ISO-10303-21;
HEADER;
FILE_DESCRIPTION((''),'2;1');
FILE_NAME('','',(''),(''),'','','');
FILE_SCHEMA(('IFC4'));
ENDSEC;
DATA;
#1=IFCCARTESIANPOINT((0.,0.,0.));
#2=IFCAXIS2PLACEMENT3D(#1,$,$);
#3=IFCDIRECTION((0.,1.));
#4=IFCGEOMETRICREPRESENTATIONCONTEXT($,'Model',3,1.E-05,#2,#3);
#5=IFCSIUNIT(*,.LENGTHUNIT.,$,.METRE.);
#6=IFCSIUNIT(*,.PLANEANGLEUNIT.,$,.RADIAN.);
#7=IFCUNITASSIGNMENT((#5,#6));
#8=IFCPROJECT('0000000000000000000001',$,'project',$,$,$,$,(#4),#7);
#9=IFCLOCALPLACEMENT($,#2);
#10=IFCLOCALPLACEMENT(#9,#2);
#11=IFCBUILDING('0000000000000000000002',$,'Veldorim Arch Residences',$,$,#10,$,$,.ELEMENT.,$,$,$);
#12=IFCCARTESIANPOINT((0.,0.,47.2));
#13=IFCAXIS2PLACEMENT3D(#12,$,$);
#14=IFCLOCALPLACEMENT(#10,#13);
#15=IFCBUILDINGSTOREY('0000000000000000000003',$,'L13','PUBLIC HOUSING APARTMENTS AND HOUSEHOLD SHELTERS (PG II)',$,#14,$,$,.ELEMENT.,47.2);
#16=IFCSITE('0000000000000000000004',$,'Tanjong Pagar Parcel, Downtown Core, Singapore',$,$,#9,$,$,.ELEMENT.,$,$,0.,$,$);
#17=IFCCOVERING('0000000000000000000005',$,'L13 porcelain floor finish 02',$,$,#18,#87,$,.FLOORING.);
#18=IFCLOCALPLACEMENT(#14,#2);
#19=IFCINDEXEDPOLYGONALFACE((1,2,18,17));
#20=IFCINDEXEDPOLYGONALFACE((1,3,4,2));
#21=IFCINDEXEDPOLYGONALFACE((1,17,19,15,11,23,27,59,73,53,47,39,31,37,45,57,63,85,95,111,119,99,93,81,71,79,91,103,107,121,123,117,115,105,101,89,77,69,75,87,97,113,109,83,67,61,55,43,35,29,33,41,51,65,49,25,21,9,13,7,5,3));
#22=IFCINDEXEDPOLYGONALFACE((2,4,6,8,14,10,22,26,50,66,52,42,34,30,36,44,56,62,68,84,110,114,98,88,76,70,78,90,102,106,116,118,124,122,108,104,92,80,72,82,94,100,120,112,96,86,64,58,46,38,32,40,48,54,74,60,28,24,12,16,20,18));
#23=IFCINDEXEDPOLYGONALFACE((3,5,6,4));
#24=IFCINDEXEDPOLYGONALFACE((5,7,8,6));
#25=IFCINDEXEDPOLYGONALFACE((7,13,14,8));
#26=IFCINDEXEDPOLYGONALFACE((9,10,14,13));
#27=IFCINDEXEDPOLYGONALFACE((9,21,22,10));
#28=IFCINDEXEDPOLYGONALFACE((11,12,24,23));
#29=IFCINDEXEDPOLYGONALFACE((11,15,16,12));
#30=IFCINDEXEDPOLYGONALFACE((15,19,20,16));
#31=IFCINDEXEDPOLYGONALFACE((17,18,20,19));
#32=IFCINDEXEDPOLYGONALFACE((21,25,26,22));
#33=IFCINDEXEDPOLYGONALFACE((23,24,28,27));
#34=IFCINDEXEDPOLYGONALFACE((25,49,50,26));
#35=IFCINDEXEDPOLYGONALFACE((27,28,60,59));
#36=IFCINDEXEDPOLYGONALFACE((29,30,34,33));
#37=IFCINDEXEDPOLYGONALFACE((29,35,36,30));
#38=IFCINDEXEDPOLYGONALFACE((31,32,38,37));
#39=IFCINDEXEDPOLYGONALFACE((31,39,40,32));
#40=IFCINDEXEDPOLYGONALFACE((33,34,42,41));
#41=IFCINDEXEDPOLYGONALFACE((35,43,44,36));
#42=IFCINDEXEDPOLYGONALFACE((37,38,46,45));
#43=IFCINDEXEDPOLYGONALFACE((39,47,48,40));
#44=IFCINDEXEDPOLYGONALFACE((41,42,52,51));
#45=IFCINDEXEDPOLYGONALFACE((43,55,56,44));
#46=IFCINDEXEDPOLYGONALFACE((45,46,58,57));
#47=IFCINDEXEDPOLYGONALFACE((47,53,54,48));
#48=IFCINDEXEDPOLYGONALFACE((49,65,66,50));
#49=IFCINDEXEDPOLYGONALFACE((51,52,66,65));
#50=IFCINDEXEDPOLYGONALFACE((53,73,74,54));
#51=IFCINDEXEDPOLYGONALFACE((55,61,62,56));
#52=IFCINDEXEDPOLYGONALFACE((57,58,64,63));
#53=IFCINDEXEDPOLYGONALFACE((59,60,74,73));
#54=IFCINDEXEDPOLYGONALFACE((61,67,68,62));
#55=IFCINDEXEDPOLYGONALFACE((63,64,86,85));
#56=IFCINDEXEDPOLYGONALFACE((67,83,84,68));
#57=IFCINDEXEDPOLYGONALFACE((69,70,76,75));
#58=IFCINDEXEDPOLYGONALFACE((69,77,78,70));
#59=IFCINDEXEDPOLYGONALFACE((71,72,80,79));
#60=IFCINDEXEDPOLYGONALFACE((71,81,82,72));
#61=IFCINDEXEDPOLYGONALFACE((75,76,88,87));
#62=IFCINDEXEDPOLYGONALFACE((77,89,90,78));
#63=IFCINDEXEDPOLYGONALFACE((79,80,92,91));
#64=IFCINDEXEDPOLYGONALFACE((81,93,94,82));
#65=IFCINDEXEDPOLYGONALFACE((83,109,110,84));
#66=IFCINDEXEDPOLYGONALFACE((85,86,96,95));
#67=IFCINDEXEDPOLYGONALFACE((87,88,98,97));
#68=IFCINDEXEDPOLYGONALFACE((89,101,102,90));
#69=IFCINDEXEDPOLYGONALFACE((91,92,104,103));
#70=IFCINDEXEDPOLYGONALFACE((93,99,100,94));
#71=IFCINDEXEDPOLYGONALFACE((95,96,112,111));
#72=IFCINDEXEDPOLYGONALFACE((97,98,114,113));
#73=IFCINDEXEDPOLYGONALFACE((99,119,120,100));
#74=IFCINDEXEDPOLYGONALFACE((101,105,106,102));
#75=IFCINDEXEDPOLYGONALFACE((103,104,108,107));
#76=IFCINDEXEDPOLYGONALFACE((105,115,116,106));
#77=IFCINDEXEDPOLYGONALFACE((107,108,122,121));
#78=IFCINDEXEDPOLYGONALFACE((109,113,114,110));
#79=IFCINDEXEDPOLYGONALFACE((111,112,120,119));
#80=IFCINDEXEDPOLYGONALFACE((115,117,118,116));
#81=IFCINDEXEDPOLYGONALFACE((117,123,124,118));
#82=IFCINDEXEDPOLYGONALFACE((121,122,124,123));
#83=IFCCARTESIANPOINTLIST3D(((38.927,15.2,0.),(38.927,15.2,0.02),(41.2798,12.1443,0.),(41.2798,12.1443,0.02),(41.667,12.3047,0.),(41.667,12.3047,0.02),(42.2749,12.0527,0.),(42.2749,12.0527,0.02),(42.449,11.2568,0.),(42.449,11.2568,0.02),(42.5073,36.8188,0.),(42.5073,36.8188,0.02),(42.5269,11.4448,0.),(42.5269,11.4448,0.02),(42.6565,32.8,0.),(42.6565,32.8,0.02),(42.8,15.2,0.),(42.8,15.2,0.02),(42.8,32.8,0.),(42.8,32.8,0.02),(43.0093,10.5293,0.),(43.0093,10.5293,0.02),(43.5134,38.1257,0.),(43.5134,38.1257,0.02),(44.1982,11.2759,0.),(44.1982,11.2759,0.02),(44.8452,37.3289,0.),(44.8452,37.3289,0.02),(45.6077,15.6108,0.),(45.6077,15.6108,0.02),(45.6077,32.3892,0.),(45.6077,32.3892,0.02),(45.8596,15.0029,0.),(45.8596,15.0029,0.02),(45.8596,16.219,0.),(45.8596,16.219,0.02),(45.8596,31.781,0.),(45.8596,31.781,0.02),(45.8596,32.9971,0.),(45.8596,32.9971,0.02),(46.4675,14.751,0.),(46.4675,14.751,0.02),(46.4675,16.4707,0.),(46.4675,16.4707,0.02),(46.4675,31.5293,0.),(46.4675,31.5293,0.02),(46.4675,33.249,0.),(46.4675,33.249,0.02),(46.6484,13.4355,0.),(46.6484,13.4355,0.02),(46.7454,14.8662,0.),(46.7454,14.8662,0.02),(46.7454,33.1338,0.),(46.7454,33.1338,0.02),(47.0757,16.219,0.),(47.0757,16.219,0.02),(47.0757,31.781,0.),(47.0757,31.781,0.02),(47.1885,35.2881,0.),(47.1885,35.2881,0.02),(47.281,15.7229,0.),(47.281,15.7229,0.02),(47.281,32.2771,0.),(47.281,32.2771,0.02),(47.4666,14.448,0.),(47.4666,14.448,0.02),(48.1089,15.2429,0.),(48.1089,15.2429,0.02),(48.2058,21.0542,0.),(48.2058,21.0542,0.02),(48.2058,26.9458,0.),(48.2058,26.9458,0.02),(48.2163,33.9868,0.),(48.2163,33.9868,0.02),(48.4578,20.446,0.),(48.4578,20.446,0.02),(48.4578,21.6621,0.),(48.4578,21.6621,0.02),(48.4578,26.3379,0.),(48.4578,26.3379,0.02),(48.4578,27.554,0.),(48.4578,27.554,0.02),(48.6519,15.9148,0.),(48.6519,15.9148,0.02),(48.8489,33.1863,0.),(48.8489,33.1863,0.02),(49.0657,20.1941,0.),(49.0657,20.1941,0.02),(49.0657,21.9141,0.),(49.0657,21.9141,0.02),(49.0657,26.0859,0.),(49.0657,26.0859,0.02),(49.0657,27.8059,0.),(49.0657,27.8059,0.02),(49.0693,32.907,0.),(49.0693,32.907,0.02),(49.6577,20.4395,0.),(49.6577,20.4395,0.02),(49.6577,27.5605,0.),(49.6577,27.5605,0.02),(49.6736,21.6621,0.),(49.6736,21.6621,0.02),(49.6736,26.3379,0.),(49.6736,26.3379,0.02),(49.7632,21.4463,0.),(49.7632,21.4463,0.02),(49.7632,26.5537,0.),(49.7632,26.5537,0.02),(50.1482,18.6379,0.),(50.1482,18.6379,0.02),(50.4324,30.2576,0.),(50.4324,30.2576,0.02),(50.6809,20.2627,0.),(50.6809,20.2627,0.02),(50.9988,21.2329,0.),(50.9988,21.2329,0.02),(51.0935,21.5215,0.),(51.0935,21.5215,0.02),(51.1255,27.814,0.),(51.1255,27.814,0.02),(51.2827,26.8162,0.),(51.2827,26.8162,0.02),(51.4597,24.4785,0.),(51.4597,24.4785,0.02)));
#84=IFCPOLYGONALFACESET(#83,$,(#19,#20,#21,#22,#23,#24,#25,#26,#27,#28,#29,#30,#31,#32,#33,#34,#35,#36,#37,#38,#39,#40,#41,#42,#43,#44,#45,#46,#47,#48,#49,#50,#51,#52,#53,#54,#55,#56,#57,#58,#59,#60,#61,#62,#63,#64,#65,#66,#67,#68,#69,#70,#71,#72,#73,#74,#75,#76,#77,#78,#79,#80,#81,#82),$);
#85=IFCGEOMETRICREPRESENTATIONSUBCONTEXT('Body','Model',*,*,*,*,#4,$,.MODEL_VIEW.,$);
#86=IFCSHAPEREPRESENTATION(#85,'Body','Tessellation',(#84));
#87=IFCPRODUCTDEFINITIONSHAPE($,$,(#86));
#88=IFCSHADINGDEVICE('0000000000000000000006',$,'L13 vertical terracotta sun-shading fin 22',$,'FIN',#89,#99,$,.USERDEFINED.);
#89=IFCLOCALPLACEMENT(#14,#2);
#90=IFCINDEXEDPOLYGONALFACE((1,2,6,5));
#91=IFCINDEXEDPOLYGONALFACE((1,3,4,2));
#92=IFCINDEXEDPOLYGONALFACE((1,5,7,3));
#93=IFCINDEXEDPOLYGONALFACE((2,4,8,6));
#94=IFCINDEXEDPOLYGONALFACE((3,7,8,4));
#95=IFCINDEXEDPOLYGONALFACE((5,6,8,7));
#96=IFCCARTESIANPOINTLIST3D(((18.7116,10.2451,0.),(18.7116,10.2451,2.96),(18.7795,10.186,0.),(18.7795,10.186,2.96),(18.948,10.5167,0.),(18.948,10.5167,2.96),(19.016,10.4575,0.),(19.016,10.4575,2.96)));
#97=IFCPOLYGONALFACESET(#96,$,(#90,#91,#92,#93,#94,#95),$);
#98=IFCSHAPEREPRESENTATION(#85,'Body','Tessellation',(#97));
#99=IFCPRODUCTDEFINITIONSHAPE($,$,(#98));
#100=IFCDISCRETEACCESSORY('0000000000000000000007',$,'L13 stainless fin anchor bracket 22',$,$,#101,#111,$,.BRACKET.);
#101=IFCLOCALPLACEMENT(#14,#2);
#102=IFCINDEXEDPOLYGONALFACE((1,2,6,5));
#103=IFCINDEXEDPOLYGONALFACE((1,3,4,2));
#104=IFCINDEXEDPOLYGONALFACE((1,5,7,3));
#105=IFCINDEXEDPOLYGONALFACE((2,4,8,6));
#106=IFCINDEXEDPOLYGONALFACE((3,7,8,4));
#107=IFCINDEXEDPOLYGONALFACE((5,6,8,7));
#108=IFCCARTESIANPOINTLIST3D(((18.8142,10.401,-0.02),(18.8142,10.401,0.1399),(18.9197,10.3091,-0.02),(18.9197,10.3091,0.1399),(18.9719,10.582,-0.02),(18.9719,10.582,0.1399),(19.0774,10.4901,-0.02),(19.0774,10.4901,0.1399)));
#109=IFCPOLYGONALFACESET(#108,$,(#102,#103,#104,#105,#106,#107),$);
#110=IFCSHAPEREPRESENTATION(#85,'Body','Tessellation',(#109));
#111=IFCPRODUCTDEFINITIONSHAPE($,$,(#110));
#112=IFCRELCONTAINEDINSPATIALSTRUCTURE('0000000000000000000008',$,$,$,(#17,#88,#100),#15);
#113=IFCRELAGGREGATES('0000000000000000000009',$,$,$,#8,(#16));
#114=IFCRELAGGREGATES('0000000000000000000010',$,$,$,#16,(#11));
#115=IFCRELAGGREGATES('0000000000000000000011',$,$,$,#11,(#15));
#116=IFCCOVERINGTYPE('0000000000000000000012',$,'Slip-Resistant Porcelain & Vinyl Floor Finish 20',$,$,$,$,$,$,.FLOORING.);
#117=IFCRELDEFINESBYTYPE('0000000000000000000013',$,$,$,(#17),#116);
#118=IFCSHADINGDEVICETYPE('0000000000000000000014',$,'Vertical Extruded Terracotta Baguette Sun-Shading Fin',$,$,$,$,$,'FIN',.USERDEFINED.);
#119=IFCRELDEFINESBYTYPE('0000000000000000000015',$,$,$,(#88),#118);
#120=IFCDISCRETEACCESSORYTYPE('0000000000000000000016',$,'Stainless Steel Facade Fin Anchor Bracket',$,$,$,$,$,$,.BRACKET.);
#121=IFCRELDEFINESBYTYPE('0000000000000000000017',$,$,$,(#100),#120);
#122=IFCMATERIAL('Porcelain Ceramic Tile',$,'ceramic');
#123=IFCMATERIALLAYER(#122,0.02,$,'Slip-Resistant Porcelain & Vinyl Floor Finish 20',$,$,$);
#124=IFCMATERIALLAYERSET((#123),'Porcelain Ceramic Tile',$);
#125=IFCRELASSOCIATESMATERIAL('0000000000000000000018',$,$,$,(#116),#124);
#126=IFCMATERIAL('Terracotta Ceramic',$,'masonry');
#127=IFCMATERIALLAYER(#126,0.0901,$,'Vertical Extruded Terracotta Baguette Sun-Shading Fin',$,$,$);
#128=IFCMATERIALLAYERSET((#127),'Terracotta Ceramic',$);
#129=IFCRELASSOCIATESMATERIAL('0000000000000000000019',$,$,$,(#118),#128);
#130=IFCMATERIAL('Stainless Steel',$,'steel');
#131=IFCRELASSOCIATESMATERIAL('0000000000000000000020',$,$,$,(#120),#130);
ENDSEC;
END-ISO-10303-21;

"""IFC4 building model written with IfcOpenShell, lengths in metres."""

from ifc_helpers import new_model, si_unit, direction, frame, origin, origin_2d, place, context, subcontext, project, spatial, polyline, rectangle, outline, extrude, material, layer, layer_set, type_object, element, save


model = new_model("IFC4")

# Units and contexts
model_context = context("Model", 3, precision=1e-05, world=origin(), true_north=direction((0.0, 1.0)))
body_context = subcontext(model_context, "Body", "Model", "MODEL_VIEW")
ifc_project = project(units=[si_unit("LENGTHUNIT", "METRE"), si_unit("PLANEANGLEUNIT", "RADIAN")], contexts=[model_context])

# Site, building, storey
site_placement = place(None, origin())
site = spatial("IfcSite", under=ifc_project, at=site_placement, Name="Tanjong Pagar Parcel, Downtown Core, Singapore", CompositionType="ELEMENT", RefElevation=0.0)
building_placement = place(site_placement, origin())
building = spatial("IfcBuilding", under=site, at=building_placement, Name="Veldorim Arch Residences", CompositionType="ELEMENT")
storey_placement = place(building_placement, frame((0.0, 0.0, 47.2)))
storey = spatial("IfcBuildingStorey", under=building, at=storey_placement, Name="L13", Description="PUBLIC HOUSING APARTMENTS AND HOUSEHOLD SHELTERS (PG II)", CompositionType="ELEMENT", Elevation=47.2)

# Covering
ifc_material_1 = material(Name="Porcelain Ceramic Tile", Category="ceramic")
ifc_layer_1 = layer(ifc_material_1, 0.02, Name="Slip-Resistant Porcelain & Vinyl Floor Finish 20")
ifc_layer_set_1 = layer_set([ifc_layer_1], Name="Porcelain Ceramic Tile")
covering_type_1 = type_object("IfcCoveringType", Name="Slip-Resistant Porcelain & Vinyl Floor Finish 20", PredefinedType="FLOORING", material=ifc_layer_set_1)
covering_1_placement = place(storey_placement, origin())
element("IfcCovering", 1, at=covering_1_placement, inside=storey, type_object=covering_type_1, Name="L13 porcelain floor finish 02", PredefinedType="FLOORING", context=body_context, shape_type="SweptSolid", body=[
    extrude(outline(polyline([(43.5134, 38.1257), (44.8452, 37.3289), (47.1885, 35.2881), (48.2163, 33.9868), (46.7454, 33.1338), (46.4675, 33.249), (45.8596, 32.9971), (45.6077, 32.3892), (45.8596, 31.781), (46.4675, 31.5293), (47.0757, 31.781), (47.281, 32.2771), (48.8489, 33.1863), (49.0693, 32.907), (50.4324, 30.2576), (51.1255, 27.814), (49.6577, 27.5605), (49.0657, 27.8059), (48.4578, 27.554), (48.2058, 26.9458), (48.4578, 26.3379), (49.0657, 26.0859), (49.6736, 26.3379), (49.7632, 26.5537), (51.2827, 26.8162), (51.4597, 24.4785), (51.0935, 21.5215), (50.9988, 21.2329), (49.7632, 21.4463), (49.6736, 21.6621), (49.0657, 21.9141), (48.4578, 21.6621), (48.2058, 21.0542), (48.4578, 20.446), (49.0657, 20.1941), (49.6577, 20.4395), (50.6809, 20.2627), (50.1482, 18.6379), (48.6519, 15.9148), (48.1089, 15.2429), (47.281, 15.7229), (47.0757, 16.219), (46.4675, 16.4707), (45.8596, 16.219), (45.6077, 15.6108), (45.8596, 15.0029), (46.4675, 14.751), (46.7454, 14.8662), (47.4666, 14.448), (46.6484, 13.4355), (44.1982, 11.2759), (43.0093, 10.5293), (42.449, 11.2568), (42.5269, 11.4448), (42.2749, 12.0527), (41.667, 12.3047), (41.2798, 12.1443), (38.927, 15.2), (42.8, 15.2), (42.8, 32.8), (42.6565, 32.8), (42.5073, 36.8188), (43.5134, 38.1257)])), origin(), (0.0, 0.0, 1.0), 0.02),
])

# Shading device
ifc_material_2 = material(Name="Terracotta Ceramic", Category="masonry")
ifc_layer_2 = layer(ifc_material_2, 0.0901, Name="Vertical Extruded Terracotta Baguette Sun-Shading Fin")
ifc_layer_set_2 = layer_set([ifc_layer_2], Name="Terracotta Ceramic")
shading_device_type = type_object("IfcShadingDeviceType", Name="Vertical Extruded Terracotta Baguette Sun-Shading Fin", ElementType="FIN", PredefinedType="USERDEFINED", material=ifc_layer_set_2)
shading_device_placement = place(storey_placement, frame((18.8638, 10.3513, 0.0), z_axis=(0.0, 0.0, 1.0), x_axis=(-0.754137, 0.656717, 0.0)))
element("IfcShadingDevice", 2, at=shading_device_placement, inside=storey, type_object=shading_device_type, Name="L13 vertical terracotta sun-shading fin 22", ObjectType="FIN", PredefinedType="USERDEFINED", context=body_context, shape_type="SweptSolid", body=[
    extrude(rectangle(XDim=0.0901, YDim=0.3601, at=origin_2d()), origin(), (0.0, 0.0, 1.0), 2.96),
])

# Discrete accessory
ifc_material_3 = material(Name="Stainless Steel", Category="steel")
discrete_accessory_type = type_object("IfcDiscreteAccessoryType", Name="Stainless Steel Facade Fin Anchor Bracket", PredefinedType="BRACKET", material=ifc_material_3)
discrete_accessory_placement = place(storey_placement, frame((18.9458, 10.4456, -0.02), z_axis=(0.0, 0.0, 1.0), x_axis=(-0.754137, 0.656717, 0.0)))
element("IfcDiscreteAccessory", 3, at=discrete_accessory_placement, inside=storey, type_object=discrete_accessory_type, Name="L13 stainless fin anchor bracket 22", PredefinedType="BRACKET", context=body_context, shape_type="SweptSolid", body=[
    extrude(rectangle(XDim=0.1399, YDim=0.24, at=origin_2d()), origin(), (0.0, 0.0, 1.0), 0.1599),
])

save(model, "model.ifc")
